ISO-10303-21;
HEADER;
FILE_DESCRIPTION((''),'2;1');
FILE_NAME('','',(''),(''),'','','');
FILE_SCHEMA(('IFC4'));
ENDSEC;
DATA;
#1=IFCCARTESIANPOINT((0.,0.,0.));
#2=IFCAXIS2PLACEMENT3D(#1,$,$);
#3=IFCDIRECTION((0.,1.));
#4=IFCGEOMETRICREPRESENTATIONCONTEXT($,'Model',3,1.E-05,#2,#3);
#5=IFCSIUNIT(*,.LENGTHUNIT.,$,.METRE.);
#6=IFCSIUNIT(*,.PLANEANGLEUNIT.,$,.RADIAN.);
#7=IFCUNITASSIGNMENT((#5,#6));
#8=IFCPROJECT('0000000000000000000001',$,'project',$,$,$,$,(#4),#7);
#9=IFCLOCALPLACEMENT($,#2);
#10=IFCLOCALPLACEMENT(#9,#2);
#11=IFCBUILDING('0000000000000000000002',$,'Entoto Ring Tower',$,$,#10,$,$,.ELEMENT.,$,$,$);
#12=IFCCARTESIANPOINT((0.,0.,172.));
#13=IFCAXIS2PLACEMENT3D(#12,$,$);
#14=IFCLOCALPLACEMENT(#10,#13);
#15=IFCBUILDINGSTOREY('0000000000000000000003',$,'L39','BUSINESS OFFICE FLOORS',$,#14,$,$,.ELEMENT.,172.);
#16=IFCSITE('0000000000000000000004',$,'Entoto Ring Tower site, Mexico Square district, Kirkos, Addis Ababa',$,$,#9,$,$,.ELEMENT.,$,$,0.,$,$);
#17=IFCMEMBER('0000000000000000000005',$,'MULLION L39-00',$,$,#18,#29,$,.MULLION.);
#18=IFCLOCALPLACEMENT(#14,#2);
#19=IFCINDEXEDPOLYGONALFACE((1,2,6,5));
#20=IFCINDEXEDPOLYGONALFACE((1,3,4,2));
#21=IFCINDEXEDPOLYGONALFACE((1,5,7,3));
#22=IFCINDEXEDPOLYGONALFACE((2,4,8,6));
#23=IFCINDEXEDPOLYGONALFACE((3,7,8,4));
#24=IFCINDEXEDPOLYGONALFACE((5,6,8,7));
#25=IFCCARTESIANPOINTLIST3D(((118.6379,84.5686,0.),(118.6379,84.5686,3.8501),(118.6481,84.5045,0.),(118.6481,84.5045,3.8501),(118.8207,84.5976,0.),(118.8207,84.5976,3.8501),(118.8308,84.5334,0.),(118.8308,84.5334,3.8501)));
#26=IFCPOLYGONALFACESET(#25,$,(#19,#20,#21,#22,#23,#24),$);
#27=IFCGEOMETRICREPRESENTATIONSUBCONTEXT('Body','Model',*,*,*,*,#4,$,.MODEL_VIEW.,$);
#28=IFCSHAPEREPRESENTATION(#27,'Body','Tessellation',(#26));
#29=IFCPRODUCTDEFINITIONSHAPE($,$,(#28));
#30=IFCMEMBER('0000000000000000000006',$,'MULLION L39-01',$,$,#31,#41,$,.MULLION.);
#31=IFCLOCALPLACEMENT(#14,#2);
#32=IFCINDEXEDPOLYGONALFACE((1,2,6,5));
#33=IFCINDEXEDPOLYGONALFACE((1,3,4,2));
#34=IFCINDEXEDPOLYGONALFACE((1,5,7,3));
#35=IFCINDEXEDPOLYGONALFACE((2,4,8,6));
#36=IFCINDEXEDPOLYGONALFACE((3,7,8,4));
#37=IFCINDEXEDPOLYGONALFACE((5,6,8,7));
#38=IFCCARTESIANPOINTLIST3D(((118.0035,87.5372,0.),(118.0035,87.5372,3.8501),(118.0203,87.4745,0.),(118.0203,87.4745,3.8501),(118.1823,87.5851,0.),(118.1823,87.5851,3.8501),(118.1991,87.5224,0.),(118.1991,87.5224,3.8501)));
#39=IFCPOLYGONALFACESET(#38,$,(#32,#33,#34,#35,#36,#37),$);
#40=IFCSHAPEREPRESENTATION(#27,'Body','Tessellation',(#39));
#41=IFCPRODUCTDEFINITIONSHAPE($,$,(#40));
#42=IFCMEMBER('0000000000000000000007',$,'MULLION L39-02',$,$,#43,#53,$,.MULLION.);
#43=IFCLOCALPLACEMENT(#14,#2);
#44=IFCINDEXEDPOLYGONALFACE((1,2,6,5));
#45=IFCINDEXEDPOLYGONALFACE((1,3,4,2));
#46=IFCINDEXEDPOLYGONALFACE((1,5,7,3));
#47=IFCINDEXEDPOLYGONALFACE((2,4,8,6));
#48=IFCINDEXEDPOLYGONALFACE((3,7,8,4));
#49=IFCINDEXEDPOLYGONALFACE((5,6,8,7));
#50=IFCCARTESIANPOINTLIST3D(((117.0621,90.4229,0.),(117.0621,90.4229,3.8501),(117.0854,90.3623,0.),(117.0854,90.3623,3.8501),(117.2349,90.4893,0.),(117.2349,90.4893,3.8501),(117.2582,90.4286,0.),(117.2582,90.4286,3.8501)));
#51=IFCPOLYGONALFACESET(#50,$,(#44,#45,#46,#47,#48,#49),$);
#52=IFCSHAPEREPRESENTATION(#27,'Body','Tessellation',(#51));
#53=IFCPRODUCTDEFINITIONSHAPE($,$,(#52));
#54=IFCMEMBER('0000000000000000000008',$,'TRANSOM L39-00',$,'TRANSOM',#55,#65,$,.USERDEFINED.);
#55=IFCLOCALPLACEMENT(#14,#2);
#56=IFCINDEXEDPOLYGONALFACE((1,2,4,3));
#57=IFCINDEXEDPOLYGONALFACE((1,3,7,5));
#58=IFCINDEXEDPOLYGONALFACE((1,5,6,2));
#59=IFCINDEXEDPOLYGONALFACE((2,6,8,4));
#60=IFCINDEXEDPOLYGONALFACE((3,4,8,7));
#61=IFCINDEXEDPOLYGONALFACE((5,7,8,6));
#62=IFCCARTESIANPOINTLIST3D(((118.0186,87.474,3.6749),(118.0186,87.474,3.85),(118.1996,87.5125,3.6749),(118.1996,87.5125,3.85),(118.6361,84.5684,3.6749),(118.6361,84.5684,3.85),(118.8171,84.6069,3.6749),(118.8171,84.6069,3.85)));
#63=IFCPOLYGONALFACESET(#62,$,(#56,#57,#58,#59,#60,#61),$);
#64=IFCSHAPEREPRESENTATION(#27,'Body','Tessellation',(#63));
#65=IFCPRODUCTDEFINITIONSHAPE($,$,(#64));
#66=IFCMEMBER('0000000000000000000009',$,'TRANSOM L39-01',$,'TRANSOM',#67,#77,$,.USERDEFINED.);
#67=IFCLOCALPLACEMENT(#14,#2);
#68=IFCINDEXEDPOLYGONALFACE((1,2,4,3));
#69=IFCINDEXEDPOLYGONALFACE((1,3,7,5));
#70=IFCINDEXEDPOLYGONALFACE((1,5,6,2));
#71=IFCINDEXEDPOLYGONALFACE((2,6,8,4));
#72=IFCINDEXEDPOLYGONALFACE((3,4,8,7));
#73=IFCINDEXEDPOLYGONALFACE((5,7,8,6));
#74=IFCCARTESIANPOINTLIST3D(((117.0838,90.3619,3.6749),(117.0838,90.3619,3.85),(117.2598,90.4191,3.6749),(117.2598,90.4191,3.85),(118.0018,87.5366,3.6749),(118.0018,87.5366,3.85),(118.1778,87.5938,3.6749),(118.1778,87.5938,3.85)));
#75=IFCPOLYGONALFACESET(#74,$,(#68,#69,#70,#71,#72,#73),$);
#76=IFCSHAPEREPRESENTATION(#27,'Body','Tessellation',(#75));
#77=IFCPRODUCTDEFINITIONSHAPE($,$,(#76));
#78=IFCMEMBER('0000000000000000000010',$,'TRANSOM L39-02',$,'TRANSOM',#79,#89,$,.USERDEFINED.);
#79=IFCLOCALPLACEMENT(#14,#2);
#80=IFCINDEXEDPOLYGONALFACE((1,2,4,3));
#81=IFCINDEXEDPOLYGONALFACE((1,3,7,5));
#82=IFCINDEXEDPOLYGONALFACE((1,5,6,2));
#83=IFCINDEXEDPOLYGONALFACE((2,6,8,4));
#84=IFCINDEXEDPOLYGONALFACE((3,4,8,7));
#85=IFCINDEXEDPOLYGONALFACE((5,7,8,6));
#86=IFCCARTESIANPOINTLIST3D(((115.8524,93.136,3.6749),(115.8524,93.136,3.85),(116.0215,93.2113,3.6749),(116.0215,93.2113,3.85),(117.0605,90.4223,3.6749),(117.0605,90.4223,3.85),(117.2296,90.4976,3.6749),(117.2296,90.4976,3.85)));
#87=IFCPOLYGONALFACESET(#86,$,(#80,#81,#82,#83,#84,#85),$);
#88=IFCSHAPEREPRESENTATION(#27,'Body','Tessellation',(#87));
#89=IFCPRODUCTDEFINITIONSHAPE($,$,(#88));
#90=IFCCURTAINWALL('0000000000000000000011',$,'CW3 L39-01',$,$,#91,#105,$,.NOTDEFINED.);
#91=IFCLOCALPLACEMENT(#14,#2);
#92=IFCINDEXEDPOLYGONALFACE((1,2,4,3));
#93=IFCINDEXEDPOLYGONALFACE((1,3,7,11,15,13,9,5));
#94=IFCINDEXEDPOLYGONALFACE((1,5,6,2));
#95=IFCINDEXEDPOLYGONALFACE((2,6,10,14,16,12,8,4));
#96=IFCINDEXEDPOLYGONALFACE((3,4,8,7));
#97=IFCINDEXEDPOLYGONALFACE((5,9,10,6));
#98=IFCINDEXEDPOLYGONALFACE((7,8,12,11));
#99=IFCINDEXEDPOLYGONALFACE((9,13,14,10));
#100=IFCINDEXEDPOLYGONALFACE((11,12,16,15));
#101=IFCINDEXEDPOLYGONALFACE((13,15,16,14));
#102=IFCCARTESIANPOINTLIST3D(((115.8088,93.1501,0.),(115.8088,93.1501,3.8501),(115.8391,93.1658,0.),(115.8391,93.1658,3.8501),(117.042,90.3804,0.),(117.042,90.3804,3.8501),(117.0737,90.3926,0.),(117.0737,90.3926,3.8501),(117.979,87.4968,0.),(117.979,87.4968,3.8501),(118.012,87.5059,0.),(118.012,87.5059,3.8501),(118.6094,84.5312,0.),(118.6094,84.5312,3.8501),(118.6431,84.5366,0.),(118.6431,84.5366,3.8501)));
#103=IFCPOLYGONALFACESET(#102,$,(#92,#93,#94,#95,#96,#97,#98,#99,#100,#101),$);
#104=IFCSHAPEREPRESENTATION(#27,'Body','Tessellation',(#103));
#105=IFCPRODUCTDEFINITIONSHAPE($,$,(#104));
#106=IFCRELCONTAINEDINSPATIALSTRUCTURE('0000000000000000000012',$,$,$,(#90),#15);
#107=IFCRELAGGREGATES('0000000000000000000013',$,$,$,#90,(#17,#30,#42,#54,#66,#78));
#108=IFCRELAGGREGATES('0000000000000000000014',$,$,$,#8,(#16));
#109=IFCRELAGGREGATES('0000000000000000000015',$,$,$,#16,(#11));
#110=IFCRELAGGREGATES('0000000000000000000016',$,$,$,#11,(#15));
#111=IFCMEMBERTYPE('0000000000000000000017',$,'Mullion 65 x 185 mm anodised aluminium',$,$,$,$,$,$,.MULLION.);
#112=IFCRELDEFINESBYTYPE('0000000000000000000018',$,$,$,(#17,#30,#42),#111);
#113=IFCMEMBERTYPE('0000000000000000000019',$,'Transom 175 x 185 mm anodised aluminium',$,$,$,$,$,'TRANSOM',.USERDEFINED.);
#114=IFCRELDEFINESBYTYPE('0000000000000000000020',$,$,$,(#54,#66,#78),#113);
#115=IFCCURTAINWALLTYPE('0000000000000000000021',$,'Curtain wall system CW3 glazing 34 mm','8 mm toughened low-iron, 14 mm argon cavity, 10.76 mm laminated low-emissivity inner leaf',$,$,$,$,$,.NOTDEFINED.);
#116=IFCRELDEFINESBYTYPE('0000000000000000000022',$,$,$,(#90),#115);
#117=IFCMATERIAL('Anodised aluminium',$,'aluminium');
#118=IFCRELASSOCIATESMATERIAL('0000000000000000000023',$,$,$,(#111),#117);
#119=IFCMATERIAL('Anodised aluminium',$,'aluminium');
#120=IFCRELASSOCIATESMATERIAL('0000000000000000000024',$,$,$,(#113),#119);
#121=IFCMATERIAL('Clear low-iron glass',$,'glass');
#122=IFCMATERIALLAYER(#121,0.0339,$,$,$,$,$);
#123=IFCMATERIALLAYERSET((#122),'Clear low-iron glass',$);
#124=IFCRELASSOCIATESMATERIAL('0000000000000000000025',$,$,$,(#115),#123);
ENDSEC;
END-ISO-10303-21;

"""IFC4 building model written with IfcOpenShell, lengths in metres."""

from ifc_helpers import new_model, si_unit, direction, frame, origin, origin_2d, place, context, subcontext, project, spatial, polyline, rectangle, outline, extrude, material, layer, layer_set, material_profile, profile_set, type_object, element, aggregate, save


model = new_model("IFC4")

# Units and contexts
model_context = context("Model", 3, precision=1e-05, world=origin(), true_north=direction((0.0, 1.0)))
body_context = subcontext(model_context, "Body", "Model", "MODEL_VIEW")
ifc_project = project(units=[si_unit("LENGTHUNIT", "METRE"), si_unit("PLANEANGLEUNIT", "RADIAN")], contexts=[model_context])

# Members
ifc_material_1 = material(Name="Anodised aluminium", Category="aluminium")
ifc_material_profile_1 = material_profile(ifc_material_1, rectangle(XDim=0.0649, YDim=0.1851, at=origin_2d()), Name="Mullion 65 x 185 mm anodised aluminium")
ifc_profile_set_1 = profile_set([ifc_material_profile_1], Name="Anodised aluminium")
member_type_1 = type_object("IfcMemberType", Name="Mullion 65 x 185 mm anodised aluminium", PredefinedType="MULLION", material=ifc_profile_set_1)
site_placement = place(None, origin())
building_placement = place(site_placement, origin())
storey_placement = place(building_placement, frame((0.0, 0.0, 172.0)))
member_1_placement = place(storey_placement, frame((118.7344, 84.551, 0.0), z_axis=(0.0, 0.0, 1.0), x_axis=(-0.156434, 0.987688, 0.0)))
member_1 = element("IfcMember", 1, at=member_1_placement, type_object=member_type_1, Name="MULLION L39-00", PredefinedType="MULLION", context=body_context, shape_type="SweptSolid", body=[
    extrude(rectangle(XDim=0.0649, YDim=0.1851, at=origin_2d()), origin(), (0.0, 0.0, 1.0), 3.8501),
])
member_2_placement = place(storey_placement, frame((118.1013, 87.5298, 0.0), z_axis=(0.0, 0.0, 1.0), x_axis=(-0.258819, 0.965926, 0.0)))
member_2 = element("IfcMember", 2, at=member_2_placement, type_object=member_type_1, Name="MULLION L39-01", PredefinedType="MULLION", context=body_context, shape_type="SweptSolid", body=[
    extrude(rectangle(XDim=0.0649, YDim=0.1851, at=origin_2d()), origin(), (0.0, 0.0, 1.0), 3.8501),
])
member_3_placement = place(storey_placement, frame((117.1602, 90.4258, 0.0), z_axis=(0.0, 0.0, 1.0), x_axis=(-0.358368, 0.93358, 0.0)))
member_3 = element("IfcMember", 3, at=member_3_placement, type_object=member_type_1, Name="MULLION L39-02", PredefinedType="MULLION", context=body_context, shape_type="SweptSolid", body=[
    extrude(rectangle(XDim=0.0649, YDim=0.1851, at=origin_2d()), origin(), (0.0, 0.0, 1.0), 3.8501),
])
ifc_material_2 = material(Name="Anodised aluminium", Category="aluminium")
ifc_material_profile_2 = material_profile(ifc_material_2, rectangle(XDim=0.1851, YDim=0.175, at=origin_2d()), Name="Transom 175 x 185 mm anodised aluminium")
ifc_profile_set_2 = profile_set([ifc_material_profile_2], Name="Anodised aluminium")
member_type_2 = type_object("IfcMemberType", Name="Transom 175 x 185 mm anodised aluminium", ElementType="TRANSOM", PredefinedType="USERDEFINED", material=ifc_profile_set_2)
member_4_placement = place(storey_placement, frame((118.7266, 84.5876, 3.7625), z_axis=(-0.207862, 0.978158, 0.0), x_axis=(-0.978158, -0.207862, 0.0)))
member_4 = element("IfcMember", 4, at=member_4_placement, type_object=member_type_2, Name="TRANSOM L39-00", ObjectType="TRANSOM", PredefinedType="USERDEFINED", context=body_context, shape_type="SweptSolid", body=[
    extrude(rectangle(XDim=0.1851, YDim=0.175, at=origin_2d()), origin(), (0.0, 0.0, 1.0), 2.9705),
])
member_5_placement = place(storey_placement, frame((118.0898, 87.5652, 3.7625), z_axis=(-0.309019, 0.951056, 0.0), x_axis=(-0.951056, -0.309019, 0.0)))
member_5 = element("IfcMember", 5, at=member_5_placement, type_object=member_type_2, Name="TRANSOM L39-01", ObjectType="TRANSOM", PredefinedType="USERDEFINED", context=body_context, shape_type="SweptSolid", body=[
    extrude(rectangle(XDim=0.1851, YDim=0.175, at=origin_2d()), origin(), (0.0, 0.0, 1.0), 2.9707),
])
member_6_placement = place(storey_placement, frame((117.145, 90.46, 3.7625), z_axis=(-0.406687, 0.913567, 0.0), x_axis=(-0.913567, -0.406687, 0.0)))
member_6 = element("IfcMember", 6, at=member_6_placement, type_object=member_type_2, Name="TRANSOM L39-02", ObjectType="TRANSOM", PredefinedType="USERDEFINED", context=body_context, shape_type="SweptSolid", body=[
    extrude(rectangle(XDim=0.1851, YDim=0.175, at=origin_2d()), origin(), (0.0, 0.0, 1.0), 2.9705),
])

# Site, building, storey
site = spatial("IfcSite", under=ifc_project, at=site_placement, Name="Entoto Ring Tower site, Mexico Square district, Kirkos, Addis Ababa", CompositionType="ELEMENT", RefElevation=0.0)
building = spatial("IfcBuilding", under=site, at=building_placement, Name="Entoto Ring Tower", CompositionType="ELEMENT")
storey = spatial("IfcBuildingStorey", under=building, at=storey_placement, Name="L39", Description="BUSINESS OFFICE FLOORS", CompositionType="ELEMENT", Elevation=172.0)

# Curtain wall
ifc_material_3 = material(Name="Clear low-iron glass", Category="glass")
ifc_layer_1 = layer(ifc_material_3, 0.0339)
ifc_layer_set_1 = layer_set([ifc_layer_1], Name="Clear low-iron glass")
curtain_wall_type = type_object("IfcCurtainWallType", Name="Curtain wall system CW3 glazing 34 mm", Description="8 mm toughened low-iron, 14 mm argon cavity, 10.76 mm laminated low-emissivity inner leaf", PredefinedType="NOTDEFINED", material=ifc_layer_set_1)
curtain_wall_1_placement = place(storey_placement, origin())
curtain_wall_1 = element("IfcCurtainWall", 7, at=curtain_wall_1_placement, inside=storey, type_object=curtain_wall_type, Name="CW3 L39-01", PredefinedType="NOTDEFINED", context=body_context, shape_type="SweptSolid", body=[
    extrude(outline(polyline([(118.6431, 84.5366), (118.012, 87.5059), (117.0737, 90.3926), (115.8391, 93.1658), (115.8088, 93.1501), (117.042, 90.3804), (117.979, 87.4968), (118.6094, 84.5312), (118.6431, 84.5366)])), origin(), (0.0, 0.0, 1.0), 3.8501),
])
aggregate(curtain_wall_1, [member_1, member_2, member_3, member_4, member_5, member_6])

save(model, "model.ifc")
